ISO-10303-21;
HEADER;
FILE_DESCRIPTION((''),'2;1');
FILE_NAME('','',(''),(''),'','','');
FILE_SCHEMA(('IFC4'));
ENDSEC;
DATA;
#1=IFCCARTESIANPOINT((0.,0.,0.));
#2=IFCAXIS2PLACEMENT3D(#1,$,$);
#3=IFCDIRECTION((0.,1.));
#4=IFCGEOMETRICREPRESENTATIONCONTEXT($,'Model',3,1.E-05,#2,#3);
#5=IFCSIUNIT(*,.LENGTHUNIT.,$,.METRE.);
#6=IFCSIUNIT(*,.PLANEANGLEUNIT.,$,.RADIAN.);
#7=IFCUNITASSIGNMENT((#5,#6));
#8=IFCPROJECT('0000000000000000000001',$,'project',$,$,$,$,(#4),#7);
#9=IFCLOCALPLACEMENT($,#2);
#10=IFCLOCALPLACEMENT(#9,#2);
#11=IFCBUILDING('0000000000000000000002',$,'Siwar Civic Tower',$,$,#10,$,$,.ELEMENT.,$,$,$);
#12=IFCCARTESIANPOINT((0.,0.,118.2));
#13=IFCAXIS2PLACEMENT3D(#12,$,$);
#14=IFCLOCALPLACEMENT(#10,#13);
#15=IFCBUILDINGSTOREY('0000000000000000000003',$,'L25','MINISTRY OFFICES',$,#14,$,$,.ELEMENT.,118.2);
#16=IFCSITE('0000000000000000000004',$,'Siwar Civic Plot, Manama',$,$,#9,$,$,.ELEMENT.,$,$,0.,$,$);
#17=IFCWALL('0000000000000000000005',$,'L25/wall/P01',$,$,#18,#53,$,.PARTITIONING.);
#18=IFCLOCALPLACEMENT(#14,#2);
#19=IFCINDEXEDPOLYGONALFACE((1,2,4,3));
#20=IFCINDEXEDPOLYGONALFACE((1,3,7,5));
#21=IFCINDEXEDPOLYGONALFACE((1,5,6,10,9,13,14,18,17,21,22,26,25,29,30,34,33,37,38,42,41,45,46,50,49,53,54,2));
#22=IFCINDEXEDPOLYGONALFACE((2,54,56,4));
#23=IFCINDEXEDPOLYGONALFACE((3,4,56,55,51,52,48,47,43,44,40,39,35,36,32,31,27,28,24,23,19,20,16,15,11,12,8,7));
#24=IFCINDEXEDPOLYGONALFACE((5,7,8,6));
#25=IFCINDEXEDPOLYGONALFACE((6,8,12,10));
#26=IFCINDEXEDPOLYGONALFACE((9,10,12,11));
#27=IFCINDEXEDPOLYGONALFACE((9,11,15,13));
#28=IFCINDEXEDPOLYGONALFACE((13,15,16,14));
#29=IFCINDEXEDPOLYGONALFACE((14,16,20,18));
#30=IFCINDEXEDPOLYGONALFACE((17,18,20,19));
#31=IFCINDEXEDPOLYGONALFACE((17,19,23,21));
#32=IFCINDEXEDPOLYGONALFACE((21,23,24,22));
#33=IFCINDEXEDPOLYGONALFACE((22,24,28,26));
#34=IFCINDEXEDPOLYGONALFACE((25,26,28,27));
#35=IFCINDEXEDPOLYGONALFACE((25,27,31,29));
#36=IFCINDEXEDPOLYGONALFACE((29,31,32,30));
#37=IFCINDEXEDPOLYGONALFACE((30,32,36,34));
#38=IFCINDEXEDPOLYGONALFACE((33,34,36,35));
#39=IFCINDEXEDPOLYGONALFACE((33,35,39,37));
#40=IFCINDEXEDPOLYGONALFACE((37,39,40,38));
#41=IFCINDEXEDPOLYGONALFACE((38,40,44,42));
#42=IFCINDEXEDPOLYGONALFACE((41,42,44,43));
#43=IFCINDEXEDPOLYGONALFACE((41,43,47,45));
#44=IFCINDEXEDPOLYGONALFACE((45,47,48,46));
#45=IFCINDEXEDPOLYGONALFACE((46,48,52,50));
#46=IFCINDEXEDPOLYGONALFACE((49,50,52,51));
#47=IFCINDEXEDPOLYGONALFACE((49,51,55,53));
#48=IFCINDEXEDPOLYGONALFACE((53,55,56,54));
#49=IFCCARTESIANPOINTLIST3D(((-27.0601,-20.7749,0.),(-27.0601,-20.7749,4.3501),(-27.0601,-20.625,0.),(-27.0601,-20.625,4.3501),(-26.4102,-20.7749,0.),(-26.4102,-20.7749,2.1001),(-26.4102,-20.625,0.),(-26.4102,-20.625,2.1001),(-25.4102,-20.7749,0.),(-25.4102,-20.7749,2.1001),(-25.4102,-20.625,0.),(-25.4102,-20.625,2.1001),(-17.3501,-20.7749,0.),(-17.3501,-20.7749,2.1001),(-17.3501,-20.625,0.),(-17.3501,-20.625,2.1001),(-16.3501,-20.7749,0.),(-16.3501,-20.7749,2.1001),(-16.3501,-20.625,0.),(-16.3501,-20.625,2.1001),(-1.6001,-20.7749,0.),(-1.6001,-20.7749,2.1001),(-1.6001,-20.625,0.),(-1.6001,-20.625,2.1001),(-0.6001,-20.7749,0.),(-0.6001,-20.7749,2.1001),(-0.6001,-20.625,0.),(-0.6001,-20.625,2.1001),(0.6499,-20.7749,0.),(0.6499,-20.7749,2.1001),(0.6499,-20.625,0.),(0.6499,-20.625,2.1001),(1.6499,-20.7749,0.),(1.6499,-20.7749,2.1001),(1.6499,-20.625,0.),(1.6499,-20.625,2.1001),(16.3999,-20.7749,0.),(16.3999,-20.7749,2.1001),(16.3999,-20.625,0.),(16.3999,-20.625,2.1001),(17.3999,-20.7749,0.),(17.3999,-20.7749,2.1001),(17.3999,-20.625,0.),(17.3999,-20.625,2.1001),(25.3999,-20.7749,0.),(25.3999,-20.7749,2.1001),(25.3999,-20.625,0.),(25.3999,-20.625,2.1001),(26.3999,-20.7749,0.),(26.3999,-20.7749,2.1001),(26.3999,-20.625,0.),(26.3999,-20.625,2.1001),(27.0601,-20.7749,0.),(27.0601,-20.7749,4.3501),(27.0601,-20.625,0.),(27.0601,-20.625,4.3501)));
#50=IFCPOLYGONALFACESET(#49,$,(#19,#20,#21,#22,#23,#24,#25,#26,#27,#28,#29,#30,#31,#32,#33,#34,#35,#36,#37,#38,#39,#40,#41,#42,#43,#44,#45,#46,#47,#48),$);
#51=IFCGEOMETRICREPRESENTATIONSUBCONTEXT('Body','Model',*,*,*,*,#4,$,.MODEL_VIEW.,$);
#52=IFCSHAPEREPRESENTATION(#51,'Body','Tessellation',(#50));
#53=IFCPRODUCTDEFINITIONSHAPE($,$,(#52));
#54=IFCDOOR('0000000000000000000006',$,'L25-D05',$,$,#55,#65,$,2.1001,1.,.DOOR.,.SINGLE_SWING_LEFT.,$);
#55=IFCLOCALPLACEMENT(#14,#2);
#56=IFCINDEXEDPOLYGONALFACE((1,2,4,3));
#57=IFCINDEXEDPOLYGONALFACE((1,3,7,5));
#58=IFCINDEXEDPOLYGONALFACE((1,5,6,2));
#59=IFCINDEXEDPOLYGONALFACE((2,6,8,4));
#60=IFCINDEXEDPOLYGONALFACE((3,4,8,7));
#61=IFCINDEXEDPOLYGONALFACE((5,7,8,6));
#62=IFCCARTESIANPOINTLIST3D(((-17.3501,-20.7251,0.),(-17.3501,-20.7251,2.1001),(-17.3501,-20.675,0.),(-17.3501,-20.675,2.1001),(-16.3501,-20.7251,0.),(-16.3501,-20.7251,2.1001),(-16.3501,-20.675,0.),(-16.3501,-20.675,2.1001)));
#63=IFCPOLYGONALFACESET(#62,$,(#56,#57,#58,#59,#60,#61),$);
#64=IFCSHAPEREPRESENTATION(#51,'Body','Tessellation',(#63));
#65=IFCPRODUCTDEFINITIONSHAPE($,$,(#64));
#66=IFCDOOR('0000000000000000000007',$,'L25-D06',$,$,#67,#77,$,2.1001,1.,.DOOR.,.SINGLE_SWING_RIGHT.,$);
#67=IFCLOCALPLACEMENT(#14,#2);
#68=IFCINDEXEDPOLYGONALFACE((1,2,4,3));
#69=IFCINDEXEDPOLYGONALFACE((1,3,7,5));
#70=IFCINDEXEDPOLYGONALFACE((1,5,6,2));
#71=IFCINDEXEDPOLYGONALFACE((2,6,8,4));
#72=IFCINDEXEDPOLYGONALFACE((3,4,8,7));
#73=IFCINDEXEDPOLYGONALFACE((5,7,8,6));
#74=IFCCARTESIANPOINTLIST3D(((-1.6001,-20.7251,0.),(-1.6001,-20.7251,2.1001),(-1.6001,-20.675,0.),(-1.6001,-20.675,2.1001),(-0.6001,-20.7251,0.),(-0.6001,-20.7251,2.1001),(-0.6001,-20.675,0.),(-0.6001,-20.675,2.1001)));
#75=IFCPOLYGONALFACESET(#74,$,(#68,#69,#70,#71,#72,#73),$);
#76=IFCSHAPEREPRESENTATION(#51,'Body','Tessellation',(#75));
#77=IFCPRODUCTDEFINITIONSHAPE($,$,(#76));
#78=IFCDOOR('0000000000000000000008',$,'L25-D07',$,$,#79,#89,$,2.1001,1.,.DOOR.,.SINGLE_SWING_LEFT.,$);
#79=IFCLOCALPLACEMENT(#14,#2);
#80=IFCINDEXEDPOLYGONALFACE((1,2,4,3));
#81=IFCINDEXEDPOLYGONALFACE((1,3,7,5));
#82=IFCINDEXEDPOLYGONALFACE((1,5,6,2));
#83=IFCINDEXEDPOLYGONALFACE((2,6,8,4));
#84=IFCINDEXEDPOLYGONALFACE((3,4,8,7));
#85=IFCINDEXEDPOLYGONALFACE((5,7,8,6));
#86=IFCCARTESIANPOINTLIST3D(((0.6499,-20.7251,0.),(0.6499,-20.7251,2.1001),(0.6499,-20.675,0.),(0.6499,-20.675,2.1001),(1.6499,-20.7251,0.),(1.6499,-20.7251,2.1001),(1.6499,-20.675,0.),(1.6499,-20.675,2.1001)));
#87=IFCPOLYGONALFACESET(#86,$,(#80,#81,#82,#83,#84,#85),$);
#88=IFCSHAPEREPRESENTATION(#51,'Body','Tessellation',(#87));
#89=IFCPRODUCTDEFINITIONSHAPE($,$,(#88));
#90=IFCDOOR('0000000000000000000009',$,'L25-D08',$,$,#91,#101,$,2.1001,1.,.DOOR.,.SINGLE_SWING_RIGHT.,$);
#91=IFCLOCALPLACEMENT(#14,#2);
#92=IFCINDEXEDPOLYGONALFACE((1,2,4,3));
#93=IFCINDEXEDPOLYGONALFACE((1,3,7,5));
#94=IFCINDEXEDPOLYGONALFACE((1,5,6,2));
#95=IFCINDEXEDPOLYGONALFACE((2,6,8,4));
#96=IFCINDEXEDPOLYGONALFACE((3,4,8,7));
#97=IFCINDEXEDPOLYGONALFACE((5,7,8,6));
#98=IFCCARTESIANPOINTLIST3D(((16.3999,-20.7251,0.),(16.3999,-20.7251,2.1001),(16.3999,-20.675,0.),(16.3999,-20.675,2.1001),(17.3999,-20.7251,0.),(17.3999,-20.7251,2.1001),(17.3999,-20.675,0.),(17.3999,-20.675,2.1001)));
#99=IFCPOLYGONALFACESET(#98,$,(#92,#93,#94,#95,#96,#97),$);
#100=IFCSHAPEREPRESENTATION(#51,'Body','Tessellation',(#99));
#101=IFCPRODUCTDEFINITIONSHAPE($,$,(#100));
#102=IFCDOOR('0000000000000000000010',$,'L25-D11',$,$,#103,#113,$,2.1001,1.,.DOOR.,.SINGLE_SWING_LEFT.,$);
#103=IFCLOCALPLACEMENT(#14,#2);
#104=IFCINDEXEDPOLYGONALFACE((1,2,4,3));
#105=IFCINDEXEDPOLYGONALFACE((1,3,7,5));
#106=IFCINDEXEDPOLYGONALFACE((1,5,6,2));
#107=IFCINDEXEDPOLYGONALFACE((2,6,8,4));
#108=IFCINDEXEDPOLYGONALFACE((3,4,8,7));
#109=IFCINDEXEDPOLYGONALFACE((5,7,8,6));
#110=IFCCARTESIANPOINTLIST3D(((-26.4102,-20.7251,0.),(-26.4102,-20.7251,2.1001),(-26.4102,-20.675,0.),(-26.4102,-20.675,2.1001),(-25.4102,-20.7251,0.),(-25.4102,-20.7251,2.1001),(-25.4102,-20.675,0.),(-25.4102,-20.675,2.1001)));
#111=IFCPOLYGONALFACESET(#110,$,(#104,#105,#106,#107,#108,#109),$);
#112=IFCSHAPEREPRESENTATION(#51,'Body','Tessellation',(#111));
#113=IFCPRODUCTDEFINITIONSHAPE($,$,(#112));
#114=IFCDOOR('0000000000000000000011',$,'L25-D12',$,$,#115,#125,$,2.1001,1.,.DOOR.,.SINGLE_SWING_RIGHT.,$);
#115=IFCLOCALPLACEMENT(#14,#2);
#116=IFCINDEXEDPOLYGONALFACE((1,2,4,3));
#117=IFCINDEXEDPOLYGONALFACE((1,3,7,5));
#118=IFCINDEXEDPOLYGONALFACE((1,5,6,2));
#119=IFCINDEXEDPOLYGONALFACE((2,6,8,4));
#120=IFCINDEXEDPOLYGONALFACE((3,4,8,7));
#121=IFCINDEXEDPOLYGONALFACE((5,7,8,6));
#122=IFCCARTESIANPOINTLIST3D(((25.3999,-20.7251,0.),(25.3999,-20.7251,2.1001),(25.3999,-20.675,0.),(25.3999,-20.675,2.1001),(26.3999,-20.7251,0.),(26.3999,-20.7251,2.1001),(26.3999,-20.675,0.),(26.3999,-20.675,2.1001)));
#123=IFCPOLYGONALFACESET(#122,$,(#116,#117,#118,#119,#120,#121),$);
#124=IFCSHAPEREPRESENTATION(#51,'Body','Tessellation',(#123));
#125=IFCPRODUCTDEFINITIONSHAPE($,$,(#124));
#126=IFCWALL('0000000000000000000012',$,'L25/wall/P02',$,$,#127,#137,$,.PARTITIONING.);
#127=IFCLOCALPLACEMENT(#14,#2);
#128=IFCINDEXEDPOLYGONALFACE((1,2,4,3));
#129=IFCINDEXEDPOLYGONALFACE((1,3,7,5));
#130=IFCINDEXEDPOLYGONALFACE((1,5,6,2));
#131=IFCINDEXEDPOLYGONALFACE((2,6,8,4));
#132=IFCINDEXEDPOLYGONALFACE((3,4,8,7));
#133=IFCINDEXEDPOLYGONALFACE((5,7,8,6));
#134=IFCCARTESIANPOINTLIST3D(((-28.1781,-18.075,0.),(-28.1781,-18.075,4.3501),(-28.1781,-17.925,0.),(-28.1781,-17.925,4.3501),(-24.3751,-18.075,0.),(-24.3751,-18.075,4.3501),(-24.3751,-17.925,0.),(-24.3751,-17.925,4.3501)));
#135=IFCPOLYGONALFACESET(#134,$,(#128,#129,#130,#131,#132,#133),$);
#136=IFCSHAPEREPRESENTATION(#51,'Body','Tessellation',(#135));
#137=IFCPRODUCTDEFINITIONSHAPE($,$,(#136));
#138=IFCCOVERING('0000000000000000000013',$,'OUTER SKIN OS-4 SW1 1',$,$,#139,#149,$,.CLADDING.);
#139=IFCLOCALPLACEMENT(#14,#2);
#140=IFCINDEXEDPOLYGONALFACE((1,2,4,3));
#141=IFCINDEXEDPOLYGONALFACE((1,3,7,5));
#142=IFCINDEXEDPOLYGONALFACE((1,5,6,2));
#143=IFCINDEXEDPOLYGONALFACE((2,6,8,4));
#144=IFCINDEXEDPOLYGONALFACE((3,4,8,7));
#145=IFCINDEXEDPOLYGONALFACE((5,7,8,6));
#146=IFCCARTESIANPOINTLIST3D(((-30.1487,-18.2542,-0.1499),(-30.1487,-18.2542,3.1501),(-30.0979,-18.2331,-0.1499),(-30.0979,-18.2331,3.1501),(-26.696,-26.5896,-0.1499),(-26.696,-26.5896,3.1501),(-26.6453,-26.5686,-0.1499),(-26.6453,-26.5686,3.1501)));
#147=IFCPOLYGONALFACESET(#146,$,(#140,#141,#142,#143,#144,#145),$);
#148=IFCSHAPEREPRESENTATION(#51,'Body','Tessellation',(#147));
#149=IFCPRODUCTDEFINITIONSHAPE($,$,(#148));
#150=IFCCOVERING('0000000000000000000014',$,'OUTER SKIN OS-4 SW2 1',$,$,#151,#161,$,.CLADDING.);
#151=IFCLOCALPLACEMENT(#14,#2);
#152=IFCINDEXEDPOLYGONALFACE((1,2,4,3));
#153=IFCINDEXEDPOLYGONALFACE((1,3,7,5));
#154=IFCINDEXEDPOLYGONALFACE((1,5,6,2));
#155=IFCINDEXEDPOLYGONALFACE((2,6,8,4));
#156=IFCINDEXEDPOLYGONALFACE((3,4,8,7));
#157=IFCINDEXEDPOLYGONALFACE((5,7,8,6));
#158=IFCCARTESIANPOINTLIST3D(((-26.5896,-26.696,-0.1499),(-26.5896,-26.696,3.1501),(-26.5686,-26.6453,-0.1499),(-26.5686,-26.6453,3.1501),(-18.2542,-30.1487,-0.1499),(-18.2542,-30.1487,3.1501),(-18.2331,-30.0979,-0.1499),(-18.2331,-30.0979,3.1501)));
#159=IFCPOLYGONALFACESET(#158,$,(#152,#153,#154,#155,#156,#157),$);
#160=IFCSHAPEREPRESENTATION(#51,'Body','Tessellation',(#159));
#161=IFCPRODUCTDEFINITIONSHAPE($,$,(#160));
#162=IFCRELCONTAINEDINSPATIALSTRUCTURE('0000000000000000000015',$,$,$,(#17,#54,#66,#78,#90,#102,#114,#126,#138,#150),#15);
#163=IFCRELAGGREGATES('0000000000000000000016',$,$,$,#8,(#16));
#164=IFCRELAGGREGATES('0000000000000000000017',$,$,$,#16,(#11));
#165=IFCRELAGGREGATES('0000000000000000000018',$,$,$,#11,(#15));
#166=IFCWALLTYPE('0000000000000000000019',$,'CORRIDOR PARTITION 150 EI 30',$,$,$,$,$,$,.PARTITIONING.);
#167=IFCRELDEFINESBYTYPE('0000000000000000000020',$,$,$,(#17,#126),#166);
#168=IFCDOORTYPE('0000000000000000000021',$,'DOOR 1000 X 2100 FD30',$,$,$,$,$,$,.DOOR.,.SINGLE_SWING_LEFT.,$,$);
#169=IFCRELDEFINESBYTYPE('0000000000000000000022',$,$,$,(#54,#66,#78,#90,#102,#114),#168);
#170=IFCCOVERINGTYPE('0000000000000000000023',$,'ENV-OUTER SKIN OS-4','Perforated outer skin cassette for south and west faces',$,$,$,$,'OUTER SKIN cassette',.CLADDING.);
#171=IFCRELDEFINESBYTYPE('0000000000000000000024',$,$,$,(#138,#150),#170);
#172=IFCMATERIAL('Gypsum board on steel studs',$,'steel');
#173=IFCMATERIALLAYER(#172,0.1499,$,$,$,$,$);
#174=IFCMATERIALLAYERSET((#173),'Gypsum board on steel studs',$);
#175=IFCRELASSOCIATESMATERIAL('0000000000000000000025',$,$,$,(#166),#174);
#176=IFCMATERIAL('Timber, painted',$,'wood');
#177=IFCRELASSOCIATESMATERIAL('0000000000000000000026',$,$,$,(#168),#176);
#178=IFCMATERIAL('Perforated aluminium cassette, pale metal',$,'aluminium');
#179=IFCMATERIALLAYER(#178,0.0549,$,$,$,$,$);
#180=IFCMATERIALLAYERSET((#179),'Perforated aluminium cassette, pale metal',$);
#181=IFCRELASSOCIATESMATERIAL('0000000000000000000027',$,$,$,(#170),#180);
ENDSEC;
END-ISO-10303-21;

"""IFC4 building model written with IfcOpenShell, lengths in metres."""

from ifc_helpers import new_model, si_unit, direction, frame, frame_2d, origin, origin_2d, place, context, subcontext, project, spatial, rectangle, extrude, material, layer, layer_set, type_object, element, fill, save


model = new_model("IFC4")

# Units and contexts
model_context = context("Model", 3, precision=1e-05, world=origin(), true_north=direction((0.0, 1.0)))
body_context = subcontext(model_context, "Body", "Model", "MODEL_VIEW")
ifc_project = project(units=[si_unit("LENGTHUNIT", "METRE"), si_unit("PLANEANGLEUNIT", "RADIAN")], contexts=[model_context])

# Site, building, storey
site_placement = place(None, origin())
site = spatial("IfcSite", under=ifc_project, at=site_placement, Name="Siwar Civic Plot, Manama", CompositionType="ELEMENT", RefElevation=0.0)
building_placement = place(site_placement, origin())
building = spatial("IfcBuilding", under=site, at=building_placement, Name="Siwar Civic Tower", CompositionType="ELEMENT")
storey_placement = place(building_placement, frame((0.0, 0.0, 118.2)))
storey = spatial("IfcBuildingStorey", under=building, at=storey_placement, Name="L25", Description="MINISTRY OFFICES", CompositionType="ELEMENT", Elevation=118.2)

# Wall, openings, doors
ifc_material_1 = material(Name="Gypsum board on steel studs", Category="steel")
ifc_layer_1 = layer(ifc_material_1, 0.1499)
ifc_layer_set_1 = layer_set([ifc_layer_1], Name="Gypsum board on steel studs")
wall_type = type_object("IfcWallType", Name="CORRIDOR PARTITION 150 EI 30", PredefinedType="PARTITIONING", material=ifc_layer_set_1)
wall_1_placement = place(storey_placement, frame((-27.0601, -20.7, 0.0), z_axis=(0.0, 0.0, 1.0), x_axis=(1.0, 0.0, 0.0)))
wall_1 = element("IfcWall", 1, at=wall_1_placement, inside=storey, type_object=wall_type, Name="L25/wall/P01", PredefinedType="PARTITIONING", context=body_context, shape_type="SweptSolid", body=[
    extrude(rectangle(XDim=54.1201, YDim=0.1499, at=frame_2d((27.0601, 0.0))), origin(), (0.0, 0.0, 1.0), 4.3501),
])
opening_1_placement = place(wall_1_placement, frame((9.71, 0.0, 0.0)))
opening_1 = element("IfcOpeningElement", 2, at=opening_1_placement, cuts=wall_1, PredefinedType="OPENING", context=body_context, shape_type="SweptSolid", body=[
    extrude(rectangle(XDim=1.0, YDim=2.1001, at=frame_2d((0.5, 1.05))), frame((0.0, 0.085, 0.0), z_axis=(0.0, -1.0, 0.0), x_axis=(1.0, 0.0, 0.0)), (0.0, 0.0, 1.0), 0.1699),
])
opening_2_placement = place(wall_1_placement, frame((25.46, 0.0, 0.0)))
opening_2 = element("IfcOpeningElement", 3, at=opening_2_placement, cuts=wall_1, PredefinedType="OPENING", context=body_context, shape_type="SweptSolid", body=[
    extrude(rectangle(XDim=1.0, YDim=2.1001, at=frame_2d((0.5, 1.05))), frame((0.0, 0.085, 0.0), z_axis=(0.0, -1.0, 0.0), x_axis=(1.0, 0.0, 0.0)), (0.0, 0.0, 1.0), 0.1699),
])
opening_3_placement = place(wall_1_placement, frame((27.71, 0.0, 0.0)))
opening_3 = element("IfcOpeningElement", 4, at=opening_3_placement, cuts=wall_1, PredefinedType="OPENING", context=body_context, shape_type="SweptSolid", body=[
    extrude(rectangle(XDim=1.0, YDim=2.1001, at=frame_2d((0.5, 1.05))), frame((0.0, 0.085, 0.0), z_axis=(0.0, -1.0, 0.0), x_axis=(1.0, 0.0, 0.0)), (0.0, 0.0, 1.0), 0.1699),
])
opening_4_placement = place(wall_1_placement, frame((43.46, 0.0, 0.0)))
opening_4 = element("IfcOpeningElement", 5, at=opening_4_placement, cuts=wall_1, PredefinedType="OPENING", context=body_context, shape_type="SweptSolid", body=[
    extrude(rectangle(XDim=1.0, YDim=2.1001, at=frame_2d((0.5, 1.05))), frame((0.0, 0.085, 0.0), z_axis=(0.0, -1.0, 0.0), x_axis=(1.0, 0.0, 0.0)), (0.0, 0.0, 1.0), 0.1699),
])
opening_5_placement = place(wall_1_placement, frame((0.6499, 0.0, 0.0)))
opening_5 = element("IfcOpeningElement", 6, at=opening_5_placement, cuts=wall_1, PredefinedType="OPENING", context=body_context, shape_type="SweptSolid", body=[
    extrude(rectangle(XDim=1.0, YDim=2.1001, at=frame_2d((0.5, 1.05))), frame((0.0, 0.085, 0.0), z_axis=(0.0, -1.0, 0.0), x_axis=(1.0, 0.0, 0.0)), (0.0, 0.0, 1.0), 0.1699),
])
opening_6_placement = place(wall_1_placement, frame((52.46, 0.0, 0.0)))
opening_6 = element("IfcOpeningElement", 7, at=opening_6_placement, cuts=wall_1, PredefinedType="OPENING", context=body_context, shape_type="SweptSolid", body=[
    extrude(rectangle(XDim=1.0, YDim=2.1001, at=frame_2d((0.5, 1.05))), frame((0.0, 0.085, 0.0), z_axis=(0.0, -1.0, 0.0), x_axis=(1.0, 0.0, 0.0)), (0.0, 0.0, 1.0), 0.1699),
])
ifc_material_2 = material(Name="Timber, painted", Category="wood")
door_type = type_object("IfcDoorType", Name="DOOR 1000 X 2100 FD30", OperationType="SINGLE_SWING_LEFT", PredefinedType="DOOR", material=ifc_material_2)
door_1_placement = place(opening_1_placement, origin())
door_1 = element("IfcDoor", 8, at=door_1_placement, inside=storey, type_object=door_type, Name="L25-D05", OperationType="SINGLE_SWING_LEFT", OverallHeight=2.1001, OverallWidth=1.0, PredefinedType="DOOR", context=body_context, shape_type="SweptSolid", body=[
    extrude(rectangle(XDim=1.0, YDim=2.1001, at=frame_2d((0.5, 1.05))), frame((0.0, 0.0249, 0.0), z_axis=(0.0, -1.0, 0.0), x_axis=(1.0, 0.0, 0.0)), (0.0, 0.0, 1.0), 0.05),
])
fill(opening_1, door_1)
door_2_placement = place(opening_2_placement, origin())
door_2 = element("IfcDoor", 9, at=door_2_placement, inside=storey, type_object=door_type, Name="L25-D06", OperationType="SINGLE_SWING_RIGHT", OverallHeight=2.1001, OverallWidth=1.0, PredefinedType="DOOR", context=body_context, shape_type="SweptSolid", body=[
    extrude(rectangle(XDim=1.0, YDim=2.1001, at=frame_2d((0.5, 1.05))), frame((0.0, 0.0249, 0.0), z_axis=(0.0, -1.0, 0.0), x_axis=(1.0, 0.0, 0.0)), (0.0, 0.0, 1.0), 0.05),
])
fill(opening_2, door_2)
door_3_placement = place(opening_3_placement, origin())
door_3 = element("IfcDoor", 10, at=door_3_placement, inside=storey, type_object=door_type, Name="L25-D07", OperationType="SINGLE_SWING_LEFT", OverallHeight=2.1001, OverallWidth=1.0, PredefinedType="DOOR", context=body_context, shape_type="SweptSolid", body=[
    extrude(rectangle(XDim=1.0, YDim=2.1001, at=frame_2d((0.5, 1.05))), frame((0.0, 0.0249, 0.0), z_axis=(0.0, -1.0, 0.0), x_axis=(1.0, 0.0, 0.0)), (0.0, 0.0, 1.0), 0.05),
])
fill(opening_3, door_3)
door_4_placement = place(opening_4_placement, origin())
door_4 = element("IfcDoor", 11, at=door_4_placement, inside=storey, type_object=door_type, Name="L25-D08", OperationType="SINGLE_SWING_RIGHT", OverallHeight=2.1001, OverallWidth=1.0, PredefinedType="DOOR", context=body_context, shape_type="SweptSolid", body=[
    extrude(rectangle(XDim=1.0, YDim=2.1001, at=frame_2d((0.5, 1.05))), frame((0.0, 0.0249, 0.0), z_axis=(0.0, -1.0, 0.0), x_axis=(1.0, 0.0, 0.0)), (0.0, 0.0, 1.0), 0.05),
])
fill(opening_4, door_4)
door_5_placement = place(opening_5_placement, origin())
door_5 = element("IfcDoor", 12, at=door_5_placement, inside=storey, type_object=door_type, Name="L25-D11", OperationType="SINGLE_SWING_LEFT", OverallHeight=2.1001, OverallWidth=1.0, PredefinedType="DOOR", context=body_context, shape_type="SweptSolid", body=[
    extrude(rectangle(XDim=1.0, YDim=2.1001, at=frame_2d((0.5, 1.05))), frame((0.0, 0.0249, 0.0), z_axis=(0.0, -1.0, 0.0), x_axis=(1.0, 0.0, 0.0)), (0.0, 0.0, 1.0), 0.05),
])
fill(opening_5, door_5)
door_6_placement = place(opening_6_placement, origin())
door_6 = element("IfcDoor", 13, at=door_6_placement, inside=storey, type_object=door_type, Name="L25-D12", OperationType="SINGLE_SWING_RIGHT", OverallHeight=2.1001, OverallWidth=1.0, PredefinedType="DOOR", context=body_context, shape_type="SweptSolid", body=[
    extrude(rectangle(XDim=1.0, YDim=2.1001, at=frame_2d((0.5, 1.05))), frame((0.0, 0.0249, 0.0), z_axis=(0.0, -1.0, 0.0), x_axis=(1.0, 0.0, 0.0)), (0.0, 0.0, 1.0), 0.05),
])
fill(opening_6, door_6)

# Wall
wall_2_placement = place(storey_placement, frame((-28.178, -18.0, 0.0), z_axis=(0.0, 0.0, 1.0), x_axis=(1.0, 0.0, 0.0)))
element("IfcWall", 14, at=wall_2_placement, inside=storey, type_object=wall_type, Name="L25/wall/P02", PredefinedType="PARTITIONING", context=body_context, shape_type="SweptSolid", body=[
    extrude(rectangle(XDim=3.803, YDim=0.1499, at=frame_2d((1.9014, 0.0))), origin(), (0.0, 0.0, 1.0), 4.3501),
])

# Coverings
ifc_material_3 = material(Name="Perforated aluminium cassette, pale metal", Category="aluminium")
ifc_layer_2 = layer(ifc_material_3, 0.0549)
ifc_layer_set_2 = layer_set([ifc_layer_2], Name="Perforated aluminium cassette, pale metal")
covering_type = type_object("IfcCoveringType", Name="ENV-OUTER SKIN OS-4", Description="Perforated outer skin cassette for south and west faces", ElementType="OUTER SKIN cassette", PredefinedType="CLADDING", material=ifc_layer_set_2)
for number, where, z_axis, x_axis, name in (
    (15, (-28.397, -22.4114, -0.1499), (0.0, 0.0, 1.0), (0.382683, -0.92388, 0.0), "OUTER SKIN OS-4 SW1 1"),
    (16, (-22.4114, -28.397, -0.1499), (0.0, 0.0, 1.0), (0.92388, -0.382683, 0.0), "OUTER SKIN OS-4 SW2 1"),
):
    element("IfcCovering", number, at=place(storey_placement, frame(where, z_axis=z_axis, x_axis=x_axis)), inside=storey, type_object=covering_type, Name=name, PredefinedType="CLADDING", context=body_context, shape_type="SweptSolid", body=[
        extrude(rectangle(XDim=9.0222, YDim=0.0549, at=origin_2d()), origin(), (0.0, 0.0, 1.0), 3.3),
    ])

save(model, "model.ifc")
